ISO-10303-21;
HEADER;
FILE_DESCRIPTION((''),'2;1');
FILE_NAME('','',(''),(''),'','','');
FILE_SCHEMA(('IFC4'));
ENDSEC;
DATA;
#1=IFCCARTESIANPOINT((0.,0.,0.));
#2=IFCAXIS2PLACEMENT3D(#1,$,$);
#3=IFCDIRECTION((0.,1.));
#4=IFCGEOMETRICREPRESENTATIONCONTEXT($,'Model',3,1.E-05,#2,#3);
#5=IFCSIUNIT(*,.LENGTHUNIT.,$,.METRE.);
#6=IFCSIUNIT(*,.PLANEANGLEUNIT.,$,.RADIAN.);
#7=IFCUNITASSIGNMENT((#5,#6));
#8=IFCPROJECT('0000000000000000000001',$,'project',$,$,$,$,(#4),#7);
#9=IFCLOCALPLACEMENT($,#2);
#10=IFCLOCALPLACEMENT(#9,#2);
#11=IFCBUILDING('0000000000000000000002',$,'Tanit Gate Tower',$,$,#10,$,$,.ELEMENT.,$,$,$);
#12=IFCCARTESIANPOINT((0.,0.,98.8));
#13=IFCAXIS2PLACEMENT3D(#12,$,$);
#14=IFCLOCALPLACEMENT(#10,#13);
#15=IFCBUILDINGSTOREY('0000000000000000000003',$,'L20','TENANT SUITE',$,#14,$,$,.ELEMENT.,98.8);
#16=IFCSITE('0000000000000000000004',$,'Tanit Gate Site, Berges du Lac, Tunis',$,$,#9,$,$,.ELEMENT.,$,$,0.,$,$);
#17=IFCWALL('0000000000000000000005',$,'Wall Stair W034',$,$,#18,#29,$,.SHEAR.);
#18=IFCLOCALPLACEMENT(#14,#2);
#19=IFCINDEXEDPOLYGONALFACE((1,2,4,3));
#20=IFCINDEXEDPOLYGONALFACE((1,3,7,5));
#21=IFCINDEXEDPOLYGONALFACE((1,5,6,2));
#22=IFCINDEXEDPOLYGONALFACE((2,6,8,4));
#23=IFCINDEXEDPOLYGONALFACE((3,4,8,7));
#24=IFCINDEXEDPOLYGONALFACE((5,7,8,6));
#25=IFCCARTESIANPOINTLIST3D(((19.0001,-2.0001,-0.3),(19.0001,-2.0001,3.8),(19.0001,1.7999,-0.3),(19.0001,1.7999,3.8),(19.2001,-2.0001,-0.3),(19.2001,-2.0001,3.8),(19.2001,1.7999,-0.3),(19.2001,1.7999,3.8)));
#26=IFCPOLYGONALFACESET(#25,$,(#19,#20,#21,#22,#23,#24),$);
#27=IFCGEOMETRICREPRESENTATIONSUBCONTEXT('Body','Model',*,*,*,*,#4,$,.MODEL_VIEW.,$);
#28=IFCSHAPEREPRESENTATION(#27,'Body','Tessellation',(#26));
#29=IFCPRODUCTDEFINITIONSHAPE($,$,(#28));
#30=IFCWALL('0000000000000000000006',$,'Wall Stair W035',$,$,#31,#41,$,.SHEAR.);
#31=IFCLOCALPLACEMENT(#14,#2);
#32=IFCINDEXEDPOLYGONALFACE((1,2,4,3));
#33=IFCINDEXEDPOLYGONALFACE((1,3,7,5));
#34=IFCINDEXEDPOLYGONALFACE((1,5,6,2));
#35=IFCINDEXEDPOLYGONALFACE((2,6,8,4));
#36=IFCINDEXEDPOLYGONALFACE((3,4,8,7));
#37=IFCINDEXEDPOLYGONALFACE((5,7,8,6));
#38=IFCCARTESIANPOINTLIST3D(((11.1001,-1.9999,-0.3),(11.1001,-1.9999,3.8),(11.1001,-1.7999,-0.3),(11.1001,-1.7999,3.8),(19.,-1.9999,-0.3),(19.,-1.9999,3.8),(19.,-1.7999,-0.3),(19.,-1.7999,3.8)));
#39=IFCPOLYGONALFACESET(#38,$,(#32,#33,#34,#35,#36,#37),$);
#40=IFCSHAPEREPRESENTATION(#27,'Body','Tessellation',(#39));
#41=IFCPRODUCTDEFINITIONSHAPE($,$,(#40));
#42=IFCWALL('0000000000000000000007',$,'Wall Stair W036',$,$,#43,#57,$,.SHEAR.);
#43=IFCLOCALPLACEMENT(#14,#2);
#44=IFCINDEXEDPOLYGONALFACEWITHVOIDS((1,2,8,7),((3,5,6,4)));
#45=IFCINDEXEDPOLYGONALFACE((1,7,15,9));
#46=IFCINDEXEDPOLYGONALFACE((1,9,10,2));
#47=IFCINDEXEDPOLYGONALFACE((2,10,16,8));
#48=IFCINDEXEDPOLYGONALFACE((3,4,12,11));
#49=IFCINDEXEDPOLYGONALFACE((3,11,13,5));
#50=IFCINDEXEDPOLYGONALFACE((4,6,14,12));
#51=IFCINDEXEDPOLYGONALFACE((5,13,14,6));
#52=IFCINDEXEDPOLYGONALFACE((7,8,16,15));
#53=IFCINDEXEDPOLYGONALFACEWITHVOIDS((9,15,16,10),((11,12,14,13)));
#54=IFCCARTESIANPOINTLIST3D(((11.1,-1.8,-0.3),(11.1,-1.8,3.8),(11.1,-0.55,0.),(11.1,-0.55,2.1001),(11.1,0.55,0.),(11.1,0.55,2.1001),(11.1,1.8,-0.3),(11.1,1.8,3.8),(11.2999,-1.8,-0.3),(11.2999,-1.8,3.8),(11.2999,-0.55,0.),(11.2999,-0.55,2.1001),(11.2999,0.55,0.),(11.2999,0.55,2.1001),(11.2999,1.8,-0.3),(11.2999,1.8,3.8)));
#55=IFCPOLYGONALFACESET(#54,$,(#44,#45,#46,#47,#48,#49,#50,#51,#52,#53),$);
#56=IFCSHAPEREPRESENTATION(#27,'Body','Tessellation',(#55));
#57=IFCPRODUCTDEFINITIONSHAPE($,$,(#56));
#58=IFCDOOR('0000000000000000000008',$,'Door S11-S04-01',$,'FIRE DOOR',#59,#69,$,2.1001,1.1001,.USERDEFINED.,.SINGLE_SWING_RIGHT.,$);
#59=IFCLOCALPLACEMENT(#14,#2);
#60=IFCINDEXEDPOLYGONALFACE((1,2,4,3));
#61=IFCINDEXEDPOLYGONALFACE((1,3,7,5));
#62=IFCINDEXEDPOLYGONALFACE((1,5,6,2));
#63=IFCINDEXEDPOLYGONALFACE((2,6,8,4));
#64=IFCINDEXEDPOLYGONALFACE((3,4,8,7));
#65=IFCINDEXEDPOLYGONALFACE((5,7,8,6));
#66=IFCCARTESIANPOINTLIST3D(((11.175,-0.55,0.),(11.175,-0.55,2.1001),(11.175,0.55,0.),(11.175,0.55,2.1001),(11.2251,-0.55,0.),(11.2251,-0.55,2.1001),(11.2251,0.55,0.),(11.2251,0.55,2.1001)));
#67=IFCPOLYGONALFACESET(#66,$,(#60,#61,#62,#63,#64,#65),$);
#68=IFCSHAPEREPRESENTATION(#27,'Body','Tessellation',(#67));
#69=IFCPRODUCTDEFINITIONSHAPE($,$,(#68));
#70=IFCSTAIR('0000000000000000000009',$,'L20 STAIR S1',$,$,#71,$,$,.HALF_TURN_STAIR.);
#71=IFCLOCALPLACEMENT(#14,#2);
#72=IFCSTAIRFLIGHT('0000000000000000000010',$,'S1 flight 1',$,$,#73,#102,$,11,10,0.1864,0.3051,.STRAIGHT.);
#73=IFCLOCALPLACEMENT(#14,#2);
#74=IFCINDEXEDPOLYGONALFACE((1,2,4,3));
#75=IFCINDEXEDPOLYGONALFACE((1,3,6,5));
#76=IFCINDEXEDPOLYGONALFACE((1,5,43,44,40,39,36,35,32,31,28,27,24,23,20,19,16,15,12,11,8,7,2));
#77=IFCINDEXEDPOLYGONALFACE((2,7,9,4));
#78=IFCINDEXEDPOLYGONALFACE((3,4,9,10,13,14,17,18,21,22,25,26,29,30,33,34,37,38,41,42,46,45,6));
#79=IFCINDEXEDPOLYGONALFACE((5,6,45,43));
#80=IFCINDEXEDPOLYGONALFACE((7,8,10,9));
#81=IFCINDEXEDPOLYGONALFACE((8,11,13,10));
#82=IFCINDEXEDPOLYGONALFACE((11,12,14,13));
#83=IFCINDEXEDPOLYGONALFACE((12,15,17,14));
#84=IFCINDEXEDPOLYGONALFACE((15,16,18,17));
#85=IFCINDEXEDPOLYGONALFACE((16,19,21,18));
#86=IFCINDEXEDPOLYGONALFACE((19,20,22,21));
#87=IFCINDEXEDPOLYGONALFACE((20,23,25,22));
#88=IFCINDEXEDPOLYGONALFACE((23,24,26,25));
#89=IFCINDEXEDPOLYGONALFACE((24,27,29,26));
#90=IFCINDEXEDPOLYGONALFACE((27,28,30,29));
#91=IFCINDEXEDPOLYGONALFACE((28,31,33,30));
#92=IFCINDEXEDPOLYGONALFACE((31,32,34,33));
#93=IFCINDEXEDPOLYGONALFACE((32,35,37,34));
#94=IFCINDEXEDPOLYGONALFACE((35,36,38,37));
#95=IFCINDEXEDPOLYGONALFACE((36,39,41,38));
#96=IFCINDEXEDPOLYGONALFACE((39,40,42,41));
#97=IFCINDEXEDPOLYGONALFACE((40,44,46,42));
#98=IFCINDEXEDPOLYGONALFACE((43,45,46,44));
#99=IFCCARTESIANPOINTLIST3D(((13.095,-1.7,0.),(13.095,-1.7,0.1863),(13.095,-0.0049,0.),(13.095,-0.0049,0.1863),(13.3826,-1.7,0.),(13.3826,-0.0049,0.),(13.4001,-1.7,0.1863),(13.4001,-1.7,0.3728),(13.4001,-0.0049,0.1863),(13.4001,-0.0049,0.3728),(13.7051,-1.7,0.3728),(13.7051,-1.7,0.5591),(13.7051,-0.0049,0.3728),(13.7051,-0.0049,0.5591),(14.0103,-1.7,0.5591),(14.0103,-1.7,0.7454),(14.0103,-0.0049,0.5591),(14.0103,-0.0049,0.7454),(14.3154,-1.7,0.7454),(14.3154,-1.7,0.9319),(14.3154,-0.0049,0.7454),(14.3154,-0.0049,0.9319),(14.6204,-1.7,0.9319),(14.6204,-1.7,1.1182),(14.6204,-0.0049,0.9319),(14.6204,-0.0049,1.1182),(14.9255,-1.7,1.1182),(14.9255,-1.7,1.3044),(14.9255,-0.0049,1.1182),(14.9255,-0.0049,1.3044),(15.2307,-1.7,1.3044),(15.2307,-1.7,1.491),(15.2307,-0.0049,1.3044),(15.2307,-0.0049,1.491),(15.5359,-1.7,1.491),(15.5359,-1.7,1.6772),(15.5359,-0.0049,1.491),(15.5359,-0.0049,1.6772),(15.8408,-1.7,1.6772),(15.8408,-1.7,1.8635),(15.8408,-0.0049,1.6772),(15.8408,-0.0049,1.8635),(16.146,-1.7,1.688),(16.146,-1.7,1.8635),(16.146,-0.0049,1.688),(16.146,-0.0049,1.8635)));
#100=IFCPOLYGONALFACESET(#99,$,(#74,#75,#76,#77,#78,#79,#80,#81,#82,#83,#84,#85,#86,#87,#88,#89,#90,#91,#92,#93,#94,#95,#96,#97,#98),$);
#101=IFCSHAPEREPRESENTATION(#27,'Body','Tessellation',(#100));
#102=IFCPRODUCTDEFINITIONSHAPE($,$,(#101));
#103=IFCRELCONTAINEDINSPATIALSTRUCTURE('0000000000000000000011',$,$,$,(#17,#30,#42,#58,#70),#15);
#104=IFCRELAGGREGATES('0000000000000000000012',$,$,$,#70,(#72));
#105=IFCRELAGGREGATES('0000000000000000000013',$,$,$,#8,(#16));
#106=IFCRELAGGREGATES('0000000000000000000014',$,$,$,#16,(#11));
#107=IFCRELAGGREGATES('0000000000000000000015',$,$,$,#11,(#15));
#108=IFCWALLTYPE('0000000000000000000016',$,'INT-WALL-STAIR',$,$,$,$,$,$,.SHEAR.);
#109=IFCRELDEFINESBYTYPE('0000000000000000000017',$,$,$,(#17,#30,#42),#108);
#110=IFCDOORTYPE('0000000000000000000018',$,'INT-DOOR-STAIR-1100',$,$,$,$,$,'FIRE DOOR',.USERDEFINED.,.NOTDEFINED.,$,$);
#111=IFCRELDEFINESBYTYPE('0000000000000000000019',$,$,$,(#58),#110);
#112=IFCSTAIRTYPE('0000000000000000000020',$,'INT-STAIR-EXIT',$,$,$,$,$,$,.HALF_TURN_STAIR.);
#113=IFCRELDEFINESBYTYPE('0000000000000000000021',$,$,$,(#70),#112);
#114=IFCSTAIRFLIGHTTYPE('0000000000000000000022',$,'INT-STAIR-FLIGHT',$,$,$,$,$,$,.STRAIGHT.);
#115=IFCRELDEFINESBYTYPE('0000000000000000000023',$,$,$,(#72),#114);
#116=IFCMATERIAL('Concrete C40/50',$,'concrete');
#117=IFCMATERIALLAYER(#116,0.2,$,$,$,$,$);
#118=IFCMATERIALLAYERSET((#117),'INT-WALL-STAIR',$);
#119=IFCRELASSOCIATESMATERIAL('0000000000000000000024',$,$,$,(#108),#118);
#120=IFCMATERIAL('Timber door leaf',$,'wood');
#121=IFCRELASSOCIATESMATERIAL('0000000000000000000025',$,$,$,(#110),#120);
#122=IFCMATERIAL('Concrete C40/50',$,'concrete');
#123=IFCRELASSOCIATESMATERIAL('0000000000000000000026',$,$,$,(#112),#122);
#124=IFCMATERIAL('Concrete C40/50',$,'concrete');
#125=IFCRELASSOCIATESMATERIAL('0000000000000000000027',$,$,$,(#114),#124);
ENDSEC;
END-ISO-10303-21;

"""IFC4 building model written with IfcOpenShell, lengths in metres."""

from ifc_helpers import new_model, si_unit, direction, frame, frame_2d, origin, place, context, subcontext, project, spatial, polyline, rectangle, outline, extrude, material, layer, layer_set, type_object, element, fill, aggregate, save


model = new_model("IFC4")

# Units and contexts
model_context = context("Model", 3, precision=1e-05, world=origin(), true_north=direction((0.0, 1.0)))
body_context = subcontext(model_context, "Body", "Model", "MODEL_VIEW")
ifc_project = project(units=[si_unit("LENGTHUNIT", "METRE"), si_unit("PLANEANGLEUNIT", "RADIAN")], contexts=[model_context])

# Site, building, storey
site_placement = place(None, origin())
site = spatial("IfcSite", under=ifc_project, at=site_placement, Name="Tanit Gate Site, Berges du Lac, Tunis", CompositionType="ELEMENT", RefElevation=0.0)
building_placement = place(site_placement, origin())
building = spatial("IfcBuilding", under=site, at=building_placement, Name="Tanit Gate Tower", CompositionType="ELEMENT")
storey_placement = place(building_placement, frame((0.0, 0.0, 98.8)))
storey = spatial("IfcBuildingStorey", under=building, at=storey_placement, Name="L20", Description="TENANT SUITE", CompositionType="ELEMENT", Elevation=98.8)

# Walls
ifc_material_1 = material(Name="Concrete C40/50", Category="concrete")
ifc_layer_1 = layer(ifc_material_1, 0.2)
ifc_layer_set_1 = layer_set([ifc_layer_1], Name="INT-WALL-STAIR")
wall_type_1 = type_object("IfcWallType", Name="INT-WALL-STAIR", PredefinedType="SHEAR", material=ifc_layer_set_1)
wall_1_placement = place(storey_placement, frame((19.1001, -2.0, -0.3), z_axis=(0.0, 0.0, 1.0), x_axis=(0.0, 1.0, 0.0)))
element("IfcWall", 1, at=wall_1_placement, inside=storey, type_object=wall_type_1, Name="Wall Stair W034", PredefinedType="SHEAR", context=body_context, shape_type="SweptSolid", body=[
    extrude(rectangle(XDim=3.8, YDim=0.2, at=frame_2d((1.8999, 0.0))), origin(), (0.0, 0.0, 1.0), 4.1001),
])
wall_2_placement = place(storey_placement, frame((11.1001, -1.8999, -0.3), z_axis=(0.0, 0.0, 1.0), x_axis=(1.0, 0.0, 0.0)))
element("IfcWall", 2, at=wall_2_placement, inside=storey, type_object=wall_type_1, Name="Wall Stair W035", PredefinedType="SHEAR", context=body_context, shape_type="SweptSolid", body=[
    extrude(rectangle(XDim=7.8999, YDim=0.2, at=frame_2d((3.95, 0.0))), origin(), (0.0, 0.0, 1.0), 4.1001),
])

# Wall, opening, door
wall_3_placement = place(storey_placement, frame((11.2, -1.8, -0.3), z_axis=(0.0, 0.0, 1.0), x_axis=(0.0, 1.0, 0.0)))
wall_3 = element("IfcWall", 3, at=wall_3_placement, inside=storey, type_object=wall_type_1, Name="Wall Stair W036", PredefinedType="SHEAR", context=body_context, shape_type="SweptSolid", body=[
    extrude(rectangle(XDim=3.6001, YDim=0.2, at=frame_2d((1.8, 0.0))), origin(), (0.0, 0.0, 1.0), 4.1001),
])
opening_1_placement = place(wall_3_placement, frame((1.25, 0.0, 0.3)))
opening_1 = element("IfcOpeningElement", 4, at=opening_1_placement, cuts=wall_3, PredefinedType="OPENING", context=body_context, shape_type="SweptSolid", body=[
    extrude(rectangle(XDim=1.1001, YDim=2.1001, at=frame_2d((0.55, 1.05))), frame((0.0, 0.1099, 0.0), z_axis=(0.0, -1.0, 0.0), x_axis=(1.0, 0.0, 0.0)), (0.0, 0.0, 1.0), 0.22),
])
ifc_material_2 = material(Name="Timber door leaf", Category="wood")
door_type_1 = type_object("IfcDoorType", Name="INT-DOOR-STAIR-1100", ElementType="FIRE DOOR", OperationType="NOTDEFINED", PredefinedType="USERDEFINED", material=ifc_material_2)
door_1_placement = place(opening_1_placement, origin())
door_1 = element("IfcDoor", 5, at=door_1_placement, inside=storey, type_object=door_type_1, Name="Door S11-S04-01", ObjectType="FIRE DOOR", OperationType="SINGLE_SWING_RIGHT", OverallHeight=2.1001, OverallWidth=1.1001, PredefinedType="USERDEFINED", context=body_context, shape_type="SweptSolid", body=[
    extrude(rectangle(XDim=1.1001, YDim=2.1001, at=frame_2d((0.55, 1.05))), frame((0.0, 0.0249, 0.0), z_axis=(0.0, -1.0, 0.0), x_axis=(1.0, 0.0, 0.0)), (0.0, 0.0, 1.0), 0.05),
])
fill(opening_1, door_1)

# Stair, stair flight
ifc_material_3 = material(Name="Concrete C40/50", Category="concrete")
stair_type = type_object("IfcStairType", Name="INT-STAIR-EXIT", PredefinedType="HALF_TURN_STAIR", material=ifc_material_3)
stair_placement = place(storey_placement, origin())
stair = element("IfcStair", 6, at=stair_placement, inside=storey, type_object=stair_type, Name="L20 STAIR S1", PredefinedType="HALF_TURN_STAIR")
ifc_material_4 = material(Name="Concrete C40/50", Category="concrete")
stair_flight_type = type_object("IfcStairFlightType", Name="INT-STAIR-FLIGHT", PredefinedType="STRAIGHT", material=ifc_material_4)
stair_flight_placement = place(storey_placement, frame((13.095, -0.8525, 0.0), z_axis=(0.0, 0.0, 1.0), x_axis=(1.0, 0.0, 0.0)))
stair_flight = element("IfcStairFlight", 7, at=stair_flight_placement, type_object=stair_flight_type, Name="S1 flight 1", NumberOfRisers=11, NumberOfTreads=10, PredefinedType="STRAIGHT", RiserHeight=0.1864, TreadLength=0.3051, context=body_context, shape_type="SweptSolid", body=[
    extrude(outline(polyline([(0.0, 0.0), (0.0, 0.1863), (0.3052, 0.1863), (0.3052, 0.3728), (0.6101, 0.3728), (0.6101, 0.5591), (0.9153, 0.5591), (0.9153, 0.7454), (1.2205, 0.7454), (1.2205, 0.9319), (1.5254, 0.9319), (1.5254, 1.1182), (1.8306, 1.1182), (1.8306, 1.3044), (2.1357, 1.3044), (2.1357, 1.491), (2.4409, 1.491), (2.4409, 1.6772), (2.7458, 1.6772), (2.7458, 1.8635), (3.051, 1.8635), (3.051, 2.05), (3.051, 1.688), (0.2876, 0.0), (0.0, 0.0)])), frame((0.0, 0.8477, 0.0), z_axis=(0.0, -1.0, 0.0), x_axis=(1.0, 0.0, 0.0)), (0.0, 0.0, 1.0), 1.6951),
])
aggregate(stair, [stair_flight])

save(model, "model.ifc")
